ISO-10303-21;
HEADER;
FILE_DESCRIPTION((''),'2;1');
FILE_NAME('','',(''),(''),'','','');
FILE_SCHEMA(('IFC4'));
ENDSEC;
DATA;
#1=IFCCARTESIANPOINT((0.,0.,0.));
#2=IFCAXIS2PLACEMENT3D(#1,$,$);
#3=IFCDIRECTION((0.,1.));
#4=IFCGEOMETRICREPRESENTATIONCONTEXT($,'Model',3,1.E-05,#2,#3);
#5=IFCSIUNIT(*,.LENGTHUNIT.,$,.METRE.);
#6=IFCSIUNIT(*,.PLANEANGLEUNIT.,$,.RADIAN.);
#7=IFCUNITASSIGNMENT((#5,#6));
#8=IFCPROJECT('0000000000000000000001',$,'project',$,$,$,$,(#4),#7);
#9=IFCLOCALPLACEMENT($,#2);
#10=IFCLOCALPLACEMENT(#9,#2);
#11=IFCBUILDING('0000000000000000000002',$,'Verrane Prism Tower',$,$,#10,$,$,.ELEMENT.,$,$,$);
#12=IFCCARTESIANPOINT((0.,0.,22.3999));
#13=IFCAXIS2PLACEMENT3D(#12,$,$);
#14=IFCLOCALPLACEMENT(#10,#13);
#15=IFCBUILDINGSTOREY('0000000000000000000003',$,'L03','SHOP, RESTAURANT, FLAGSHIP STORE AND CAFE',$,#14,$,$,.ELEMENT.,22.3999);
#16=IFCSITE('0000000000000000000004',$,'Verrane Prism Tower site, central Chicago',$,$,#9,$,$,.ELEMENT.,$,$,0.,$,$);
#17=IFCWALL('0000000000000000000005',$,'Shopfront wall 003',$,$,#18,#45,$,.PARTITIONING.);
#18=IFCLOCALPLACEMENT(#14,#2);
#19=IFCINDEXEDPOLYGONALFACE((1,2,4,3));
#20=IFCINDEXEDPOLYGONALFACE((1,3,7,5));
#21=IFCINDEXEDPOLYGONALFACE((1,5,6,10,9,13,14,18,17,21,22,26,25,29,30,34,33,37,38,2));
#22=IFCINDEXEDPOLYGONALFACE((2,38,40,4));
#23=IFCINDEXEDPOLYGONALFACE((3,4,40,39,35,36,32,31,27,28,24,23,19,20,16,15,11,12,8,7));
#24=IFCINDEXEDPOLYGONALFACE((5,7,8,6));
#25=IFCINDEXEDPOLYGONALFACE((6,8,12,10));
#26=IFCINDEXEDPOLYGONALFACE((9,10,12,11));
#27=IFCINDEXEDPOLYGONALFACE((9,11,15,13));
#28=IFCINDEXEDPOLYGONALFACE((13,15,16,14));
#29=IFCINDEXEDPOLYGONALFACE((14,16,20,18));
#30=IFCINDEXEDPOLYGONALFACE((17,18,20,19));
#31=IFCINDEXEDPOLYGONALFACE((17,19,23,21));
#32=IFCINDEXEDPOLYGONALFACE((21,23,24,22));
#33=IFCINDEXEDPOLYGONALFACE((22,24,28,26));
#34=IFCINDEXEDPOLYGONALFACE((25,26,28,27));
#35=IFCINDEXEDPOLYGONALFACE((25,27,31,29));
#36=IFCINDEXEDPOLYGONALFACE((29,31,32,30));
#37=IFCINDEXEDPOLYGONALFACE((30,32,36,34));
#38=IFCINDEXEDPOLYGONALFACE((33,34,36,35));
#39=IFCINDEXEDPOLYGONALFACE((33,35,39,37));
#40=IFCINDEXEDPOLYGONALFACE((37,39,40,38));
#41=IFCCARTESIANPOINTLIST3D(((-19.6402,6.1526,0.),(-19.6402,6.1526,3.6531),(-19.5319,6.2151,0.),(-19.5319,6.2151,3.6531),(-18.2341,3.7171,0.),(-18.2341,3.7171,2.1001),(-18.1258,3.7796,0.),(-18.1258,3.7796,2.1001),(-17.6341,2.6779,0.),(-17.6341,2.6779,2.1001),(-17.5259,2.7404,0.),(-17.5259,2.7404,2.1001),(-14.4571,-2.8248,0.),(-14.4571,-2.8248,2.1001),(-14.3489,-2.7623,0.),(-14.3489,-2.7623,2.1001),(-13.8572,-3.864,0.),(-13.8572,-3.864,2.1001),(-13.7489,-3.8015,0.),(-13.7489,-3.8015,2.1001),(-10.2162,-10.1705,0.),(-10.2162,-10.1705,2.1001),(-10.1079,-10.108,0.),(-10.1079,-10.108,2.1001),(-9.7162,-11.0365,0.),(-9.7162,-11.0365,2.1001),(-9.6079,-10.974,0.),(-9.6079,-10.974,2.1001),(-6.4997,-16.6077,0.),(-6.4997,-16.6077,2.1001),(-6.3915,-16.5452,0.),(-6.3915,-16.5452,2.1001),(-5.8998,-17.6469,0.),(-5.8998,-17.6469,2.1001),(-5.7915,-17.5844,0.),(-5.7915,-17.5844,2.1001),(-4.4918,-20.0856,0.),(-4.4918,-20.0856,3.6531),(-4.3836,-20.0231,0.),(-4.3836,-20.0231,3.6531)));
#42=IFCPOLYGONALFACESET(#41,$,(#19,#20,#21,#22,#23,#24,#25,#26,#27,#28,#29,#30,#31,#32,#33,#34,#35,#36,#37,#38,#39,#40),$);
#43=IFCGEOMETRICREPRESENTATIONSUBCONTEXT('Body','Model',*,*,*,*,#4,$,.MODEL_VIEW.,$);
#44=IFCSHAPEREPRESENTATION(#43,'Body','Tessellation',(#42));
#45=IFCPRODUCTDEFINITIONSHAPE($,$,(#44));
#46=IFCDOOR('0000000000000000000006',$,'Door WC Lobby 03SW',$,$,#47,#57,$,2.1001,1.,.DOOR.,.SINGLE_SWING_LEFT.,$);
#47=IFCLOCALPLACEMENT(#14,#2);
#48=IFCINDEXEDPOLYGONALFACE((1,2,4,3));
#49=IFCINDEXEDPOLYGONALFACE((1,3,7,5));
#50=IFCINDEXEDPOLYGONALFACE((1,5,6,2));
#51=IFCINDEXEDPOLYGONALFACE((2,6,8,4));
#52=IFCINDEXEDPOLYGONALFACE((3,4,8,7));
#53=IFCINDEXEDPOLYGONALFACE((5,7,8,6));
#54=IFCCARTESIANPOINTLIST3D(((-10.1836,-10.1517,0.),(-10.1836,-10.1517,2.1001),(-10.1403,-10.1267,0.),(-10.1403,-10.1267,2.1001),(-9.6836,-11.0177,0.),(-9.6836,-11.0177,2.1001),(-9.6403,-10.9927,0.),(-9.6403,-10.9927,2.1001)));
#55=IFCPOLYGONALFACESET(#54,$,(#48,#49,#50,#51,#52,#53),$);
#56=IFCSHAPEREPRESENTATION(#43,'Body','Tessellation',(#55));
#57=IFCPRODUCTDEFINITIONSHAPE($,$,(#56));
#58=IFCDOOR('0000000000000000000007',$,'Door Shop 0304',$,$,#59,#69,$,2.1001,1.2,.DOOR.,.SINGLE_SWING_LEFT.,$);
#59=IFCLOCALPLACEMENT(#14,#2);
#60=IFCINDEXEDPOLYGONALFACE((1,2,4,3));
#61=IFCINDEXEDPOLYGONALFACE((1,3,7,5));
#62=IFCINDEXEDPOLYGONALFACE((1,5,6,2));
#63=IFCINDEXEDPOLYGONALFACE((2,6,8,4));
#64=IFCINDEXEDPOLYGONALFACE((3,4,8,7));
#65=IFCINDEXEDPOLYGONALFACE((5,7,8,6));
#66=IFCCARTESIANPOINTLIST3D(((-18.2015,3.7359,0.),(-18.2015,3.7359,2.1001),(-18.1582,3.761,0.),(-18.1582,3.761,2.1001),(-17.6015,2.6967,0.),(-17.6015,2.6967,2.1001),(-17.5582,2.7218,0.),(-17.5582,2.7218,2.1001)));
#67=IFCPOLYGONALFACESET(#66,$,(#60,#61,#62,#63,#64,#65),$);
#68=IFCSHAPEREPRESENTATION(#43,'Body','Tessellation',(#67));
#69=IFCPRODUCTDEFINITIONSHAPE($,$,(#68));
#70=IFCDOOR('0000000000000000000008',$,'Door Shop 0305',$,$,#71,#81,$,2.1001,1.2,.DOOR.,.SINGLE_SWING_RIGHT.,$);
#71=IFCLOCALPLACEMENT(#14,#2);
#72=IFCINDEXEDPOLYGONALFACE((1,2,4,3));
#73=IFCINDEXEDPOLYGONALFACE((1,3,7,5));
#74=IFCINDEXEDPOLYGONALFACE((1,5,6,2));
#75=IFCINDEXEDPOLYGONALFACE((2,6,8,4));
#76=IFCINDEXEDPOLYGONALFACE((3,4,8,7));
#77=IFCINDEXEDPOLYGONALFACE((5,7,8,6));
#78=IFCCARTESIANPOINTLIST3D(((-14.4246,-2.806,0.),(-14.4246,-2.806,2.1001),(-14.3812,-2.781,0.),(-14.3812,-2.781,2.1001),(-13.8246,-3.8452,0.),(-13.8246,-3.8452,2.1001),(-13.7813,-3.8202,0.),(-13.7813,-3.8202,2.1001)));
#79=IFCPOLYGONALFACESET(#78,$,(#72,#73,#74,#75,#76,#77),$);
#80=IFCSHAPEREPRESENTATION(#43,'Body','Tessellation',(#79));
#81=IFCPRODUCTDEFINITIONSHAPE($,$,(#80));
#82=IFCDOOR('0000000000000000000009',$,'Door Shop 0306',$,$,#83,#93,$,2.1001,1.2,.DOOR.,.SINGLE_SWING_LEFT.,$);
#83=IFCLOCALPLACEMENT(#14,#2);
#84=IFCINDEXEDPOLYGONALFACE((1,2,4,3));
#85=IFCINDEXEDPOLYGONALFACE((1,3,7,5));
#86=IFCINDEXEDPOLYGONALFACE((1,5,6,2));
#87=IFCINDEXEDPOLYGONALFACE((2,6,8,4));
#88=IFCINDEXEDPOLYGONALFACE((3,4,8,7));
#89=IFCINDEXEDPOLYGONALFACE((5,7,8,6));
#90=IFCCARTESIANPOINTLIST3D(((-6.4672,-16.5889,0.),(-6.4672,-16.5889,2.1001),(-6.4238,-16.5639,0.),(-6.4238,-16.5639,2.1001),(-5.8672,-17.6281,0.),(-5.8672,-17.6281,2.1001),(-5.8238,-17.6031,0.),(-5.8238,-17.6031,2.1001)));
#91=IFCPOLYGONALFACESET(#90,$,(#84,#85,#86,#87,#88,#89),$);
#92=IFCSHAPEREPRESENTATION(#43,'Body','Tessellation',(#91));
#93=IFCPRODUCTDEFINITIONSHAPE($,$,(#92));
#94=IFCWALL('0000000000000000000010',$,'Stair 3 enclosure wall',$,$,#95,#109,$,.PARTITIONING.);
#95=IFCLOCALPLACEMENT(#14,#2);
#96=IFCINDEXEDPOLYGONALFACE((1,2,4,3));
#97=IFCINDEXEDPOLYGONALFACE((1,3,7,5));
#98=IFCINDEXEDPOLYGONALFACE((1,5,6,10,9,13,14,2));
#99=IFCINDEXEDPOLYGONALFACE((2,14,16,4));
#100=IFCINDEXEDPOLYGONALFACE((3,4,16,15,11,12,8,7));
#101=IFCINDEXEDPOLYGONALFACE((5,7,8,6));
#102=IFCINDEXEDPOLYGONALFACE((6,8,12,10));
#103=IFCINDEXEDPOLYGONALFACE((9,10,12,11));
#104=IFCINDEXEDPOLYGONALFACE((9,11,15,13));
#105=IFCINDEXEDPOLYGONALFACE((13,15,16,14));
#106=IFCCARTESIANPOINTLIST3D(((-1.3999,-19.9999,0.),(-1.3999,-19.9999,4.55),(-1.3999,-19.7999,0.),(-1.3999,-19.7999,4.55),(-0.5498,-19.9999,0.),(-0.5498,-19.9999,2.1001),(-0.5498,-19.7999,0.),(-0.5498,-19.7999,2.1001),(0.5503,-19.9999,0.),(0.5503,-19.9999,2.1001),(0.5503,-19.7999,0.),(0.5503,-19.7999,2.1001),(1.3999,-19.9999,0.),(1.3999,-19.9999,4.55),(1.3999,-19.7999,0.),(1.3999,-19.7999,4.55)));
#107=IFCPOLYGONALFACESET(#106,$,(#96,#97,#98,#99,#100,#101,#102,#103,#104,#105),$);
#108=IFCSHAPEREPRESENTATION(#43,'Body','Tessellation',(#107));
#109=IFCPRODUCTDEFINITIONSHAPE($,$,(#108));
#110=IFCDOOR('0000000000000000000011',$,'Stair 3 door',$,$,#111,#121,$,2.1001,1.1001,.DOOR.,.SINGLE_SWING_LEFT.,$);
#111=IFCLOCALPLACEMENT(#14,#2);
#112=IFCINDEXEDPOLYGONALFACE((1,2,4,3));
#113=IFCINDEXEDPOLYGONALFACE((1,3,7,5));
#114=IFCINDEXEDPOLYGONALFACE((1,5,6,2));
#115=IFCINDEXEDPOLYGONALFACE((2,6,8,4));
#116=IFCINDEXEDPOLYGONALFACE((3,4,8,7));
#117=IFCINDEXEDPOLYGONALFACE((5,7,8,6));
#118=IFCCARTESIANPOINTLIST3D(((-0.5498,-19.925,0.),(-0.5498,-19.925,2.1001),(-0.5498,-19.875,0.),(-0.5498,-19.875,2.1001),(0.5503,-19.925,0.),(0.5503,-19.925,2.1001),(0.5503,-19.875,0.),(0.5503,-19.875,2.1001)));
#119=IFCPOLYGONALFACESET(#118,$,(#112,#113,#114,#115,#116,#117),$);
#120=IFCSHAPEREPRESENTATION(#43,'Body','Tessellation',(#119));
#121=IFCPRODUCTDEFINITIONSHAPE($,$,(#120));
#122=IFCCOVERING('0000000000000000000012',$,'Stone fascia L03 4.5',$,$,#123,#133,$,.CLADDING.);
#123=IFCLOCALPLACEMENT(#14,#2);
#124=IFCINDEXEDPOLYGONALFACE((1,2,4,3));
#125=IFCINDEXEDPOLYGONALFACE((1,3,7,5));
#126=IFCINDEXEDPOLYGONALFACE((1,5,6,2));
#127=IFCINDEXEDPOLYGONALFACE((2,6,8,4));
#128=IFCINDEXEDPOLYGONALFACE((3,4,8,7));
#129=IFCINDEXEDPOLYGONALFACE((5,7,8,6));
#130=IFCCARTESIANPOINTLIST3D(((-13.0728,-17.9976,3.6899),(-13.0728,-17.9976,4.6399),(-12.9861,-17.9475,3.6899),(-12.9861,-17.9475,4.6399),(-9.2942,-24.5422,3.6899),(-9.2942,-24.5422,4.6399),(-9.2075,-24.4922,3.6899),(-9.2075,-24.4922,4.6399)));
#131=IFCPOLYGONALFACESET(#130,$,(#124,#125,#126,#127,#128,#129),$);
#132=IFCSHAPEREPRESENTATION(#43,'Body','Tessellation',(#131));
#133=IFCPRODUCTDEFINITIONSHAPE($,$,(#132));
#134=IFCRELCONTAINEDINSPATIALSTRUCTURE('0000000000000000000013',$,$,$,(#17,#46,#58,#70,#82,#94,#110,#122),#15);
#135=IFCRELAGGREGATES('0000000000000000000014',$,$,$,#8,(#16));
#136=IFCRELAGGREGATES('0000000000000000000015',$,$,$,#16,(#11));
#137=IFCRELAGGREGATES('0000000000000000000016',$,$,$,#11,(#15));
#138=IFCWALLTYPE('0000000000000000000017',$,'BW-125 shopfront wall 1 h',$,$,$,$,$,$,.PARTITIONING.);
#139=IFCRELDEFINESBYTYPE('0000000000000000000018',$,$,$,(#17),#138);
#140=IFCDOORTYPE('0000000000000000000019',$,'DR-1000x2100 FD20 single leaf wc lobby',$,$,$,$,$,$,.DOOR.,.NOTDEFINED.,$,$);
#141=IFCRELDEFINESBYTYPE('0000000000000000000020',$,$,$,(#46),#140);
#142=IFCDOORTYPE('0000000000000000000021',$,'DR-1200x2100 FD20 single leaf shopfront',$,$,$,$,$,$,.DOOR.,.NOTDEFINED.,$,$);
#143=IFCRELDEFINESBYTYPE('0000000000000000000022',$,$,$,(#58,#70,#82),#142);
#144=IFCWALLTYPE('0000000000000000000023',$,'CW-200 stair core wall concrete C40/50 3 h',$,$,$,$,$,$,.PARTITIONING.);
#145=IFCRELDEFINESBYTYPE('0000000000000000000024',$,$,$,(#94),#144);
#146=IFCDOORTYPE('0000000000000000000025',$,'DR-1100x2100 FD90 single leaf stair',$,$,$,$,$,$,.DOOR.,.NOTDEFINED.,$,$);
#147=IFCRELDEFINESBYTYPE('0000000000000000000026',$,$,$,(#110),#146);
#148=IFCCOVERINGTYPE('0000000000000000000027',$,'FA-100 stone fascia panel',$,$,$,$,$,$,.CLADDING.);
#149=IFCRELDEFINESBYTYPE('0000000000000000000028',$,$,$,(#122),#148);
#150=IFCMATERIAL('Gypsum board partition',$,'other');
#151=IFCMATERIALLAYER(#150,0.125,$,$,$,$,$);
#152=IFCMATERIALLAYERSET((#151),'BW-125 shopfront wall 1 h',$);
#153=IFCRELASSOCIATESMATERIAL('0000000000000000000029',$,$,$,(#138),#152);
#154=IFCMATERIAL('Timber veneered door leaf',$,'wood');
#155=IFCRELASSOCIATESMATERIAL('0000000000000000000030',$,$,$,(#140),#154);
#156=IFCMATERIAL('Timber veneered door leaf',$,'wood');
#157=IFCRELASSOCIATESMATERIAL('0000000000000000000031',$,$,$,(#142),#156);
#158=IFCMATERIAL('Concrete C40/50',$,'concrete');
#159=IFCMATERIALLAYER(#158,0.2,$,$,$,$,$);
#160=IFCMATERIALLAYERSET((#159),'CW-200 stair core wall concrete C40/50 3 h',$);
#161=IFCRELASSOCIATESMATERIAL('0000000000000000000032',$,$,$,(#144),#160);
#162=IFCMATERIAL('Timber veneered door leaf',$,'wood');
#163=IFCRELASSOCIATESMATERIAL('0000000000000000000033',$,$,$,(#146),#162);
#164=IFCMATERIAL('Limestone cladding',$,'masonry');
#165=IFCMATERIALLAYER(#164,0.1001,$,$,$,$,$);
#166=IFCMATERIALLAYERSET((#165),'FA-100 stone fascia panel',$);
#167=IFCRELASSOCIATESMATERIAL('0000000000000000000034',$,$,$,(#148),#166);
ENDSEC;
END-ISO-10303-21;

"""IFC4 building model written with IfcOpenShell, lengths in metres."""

from ifc_helpers import new_model, si_unit, direction, frame, frame_2d, origin, origin_2d, place, context, subcontext, project, spatial, rectangle, extrude, material, layer, layer_set, type_object, element, fill, save


model = new_model("IFC4")

# Units and contexts
model_context = context("Model", 3, precision=1e-05, world=origin(), true_north=direction((0.0, 1.0)))
body_context = subcontext(model_context, "Body", "Model", "MODEL_VIEW")
ifc_project = project(units=[si_unit("LENGTHUNIT", "METRE"), si_unit("PLANEANGLEUNIT", "RADIAN")], contexts=[model_context])

# Site, building, storey
site_placement = place(None, origin())
site = spatial("IfcSite", under=ifc_project, at=site_placement, Name="Verrane Prism Tower site, central Chicago", CompositionType="ELEMENT", RefElevation=0.0)
building_placement = place(site_placement, origin())
building = spatial("IfcBuilding", under=site, at=building_placement, Name="Verrane Prism Tower", CompositionType="ELEMENT")
storey_placement = place(building_placement, frame((0.0, 0.0, 22.3999)))
storey = spatial("IfcBuildingStorey", under=building, at=storey_placement, Name="L03", Description="SHOP, RESTAURANT, FLAGSHIP STORE AND CAFE", CompositionType="ELEMENT", Elevation=22.3999)

# Wall, openings, doors
ifc_material_1 = material(Name="Gypsum board partition", Category="other")
ifc_layer_1 = layer(ifc_material_1, 0.125)
ifc_layer_set_1 = layer_set([ifc_layer_1], Name="BW-125 shopfront wall 1 h")
wall_type_1 = type_object("IfcWallType", Name="BW-125 shopfront wall 1 h", PredefinedType="PARTITIONING", material=ifc_layer_set_1)
wall_1_placement = place(storey_placement, frame((-4.4377, -20.0542, 0.0), z_axis=(0.0, 0.0, 1.0), x_axis=(-0.499994, 0.866029, 0.0)))
wall_1 = element("IfcWall", 1, at=wall_1_placement, inside=storey, type_object=wall_type_1, Name="Shopfront wall 003", PredefinedType="PARTITIONING", context=body_context, shape_type="SweptSolid", body=[
    extrude(rectangle(XDim=30.2971, YDim=0.125, at=frame_2d((15.1484, 0.0))), origin(), (0.0, 0.0, 1.0), 3.6531),
])
opening_1_placement = place(wall_1_placement, frame((26.2847, 0.0, 0.0)))
opening_1 = element("IfcOpeningElement", 2, at=opening_1_placement, cuts=wall_1, PredefinedType="OPENING", context=body_context, shape_type="SweptSolid", body=[
    extrude(rectangle(XDim=1.2, YDim=2.1001, at=frame_2d((0.6001, 1.05))), frame((0.0, 0.0725, 0.0), z_axis=(0.0, -1.0, 0.0), x_axis=(1.0, 0.0, 0.0)), (0.0, 0.0, 1.0), 0.145),
])
opening_2_placement = place(wall_1_placement, frame((18.7307, 0.0, 0.0)))
opening_2 = element("IfcOpeningElement", 3, at=opening_2_placement, cuts=wall_1, PredefinedType="OPENING", context=body_context, shape_type="SweptSolid", body=[
    extrude(rectangle(XDim=1.2, YDim=2.1001, at=frame_2d((0.6001, 1.05))), frame((0.0, 0.0725, 0.0), z_axis=(0.0, -1.0, 0.0), x_axis=(1.0, 0.0, 0.0)), (0.0, 0.0, 1.0), 0.145),
])
opening_3_placement = place(wall_1_placement, frame((10.4487, 0.0, 0.0)))
opening_3 = element("IfcOpeningElement", 4, at=opening_3_placement, cuts=wall_1, PredefinedType="OPENING", context=body_context, shape_type="SweptSolid", body=[
    extrude(rectangle(XDim=1.0, YDim=2.1001, at=frame_2d((0.5, 1.05))), frame((0.0, 0.0725, 0.0), z_axis=(0.0, -1.0, 0.0), x_axis=(1.0, 0.0, 0.0)), (0.0, 0.0, 1.0), 0.145),
])
opening_4_placement = place(wall_1_placement, frame((2.8157, 0.0, 0.0)))
opening_4 = element("IfcOpeningElement", 5, at=opening_4_placement, cuts=wall_1, PredefinedType="OPENING", context=body_context, shape_type="SweptSolid", body=[
    extrude(rectangle(XDim=1.2, YDim=2.1001, at=frame_2d((0.6001, 1.05))), frame((0.0, 0.0725, 0.0), z_axis=(0.0, -1.0, 0.0), x_axis=(1.0, 0.0, 0.0)), (0.0, 0.0, 1.0), 0.145),
])
ifc_material_2 = material(Name="Timber veneered door leaf", Category="wood")
door_type_1 = type_object("IfcDoorType", Name="DR-1000x2100 FD20 single leaf wc lobby", OperationType="NOTDEFINED", PredefinedType="DOOR", material=ifc_material_2)
door_1_placement = place(opening_3_placement, origin())
door_1 = element("IfcDoor", 6, at=door_1_placement, inside=storey, type_object=door_type_1, Name="Door WC Lobby 03SW", OperationType="SINGLE_SWING_LEFT", OverallHeight=2.1001, OverallWidth=1.0, PredefinedType="DOOR", context=body_context, shape_type="SweptSolid", body=[
    extrude(rectangle(XDim=1.0, YDim=2.1001, at=frame_2d((0.5, 1.05))), frame((0.0, 0.0249, 0.0), z_axis=(0.0, -1.0, 0.0), x_axis=(1.0, 0.0, 0.0)), (0.0, 0.0, 1.0), 0.05),
])
fill(opening_3, door_1)
ifc_material_3 = material(Name="Timber veneered door leaf", Category="wood")
door_type_2 = type_object("IfcDoorType", Name="DR-1200x2100 FD20 single leaf shopfront", OperationType="NOTDEFINED", PredefinedType="DOOR", material=ifc_material_3)
door_2_placement = place(opening_1_placement, origin())
door_2 = element("IfcDoor", 7, at=door_2_placement, inside=storey, type_object=door_type_2, Name="Door Shop 0304", OperationType="SINGLE_SWING_LEFT", OverallHeight=2.1001, OverallWidth=1.2, PredefinedType="DOOR", context=body_context, shape_type="SweptSolid", body=[
    extrude(rectangle(XDim=1.2, YDim=2.1001, at=frame_2d((0.6001, 1.05))), frame((0.0, 0.0249, 0.0), z_axis=(0.0, -1.0, 0.0), x_axis=(1.0, 0.0, 0.0)), (0.0, 0.0, 1.0), 0.05),
])
fill(opening_1, door_2)
door_3_placement = place(opening_2_placement, origin())
door_3 = element("IfcDoor", 8, at=door_3_placement, inside=storey, type_object=door_type_2, Name="Door Shop 0305", OperationType="SINGLE_SWING_RIGHT", OverallHeight=2.1001, OverallWidth=1.2, PredefinedType="DOOR", context=body_context, shape_type="SweptSolid", body=[
    extrude(rectangle(XDim=1.2, YDim=2.1001, at=frame_2d((0.6001, 1.05))), frame((0.0, 0.0249, 0.0), z_axis=(0.0, -1.0, 0.0), x_axis=(1.0, 0.0, 0.0)), (0.0, 0.0, 1.0), 0.05),
])
fill(opening_2, door_3)
door_4_placement = place(opening_4_placement, origin())
door_4 = element("IfcDoor", 9, at=door_4_placement, inside=storey, type_object=door_type_2, Name="Door Shop 0306", OperationType="SINGLE_SWING_LEFT", OverallHeight=2.1001, OverallWidth=1.2, PredefinedType="DOOR", context=body_context, shape_type="SweptSolid", body=[
    extrude(rectangle(XDim=1.2, YDim=2.1001, at=frame_2d((0.6001, 1.05))), frame((0.0, 0.0249, 0.0), z_axis=(0.0, -1.0, 0.0), x_axis=(1.0, 0.0, 0.0)), (0.0, 0.0, 1.0), 0.05),
])
fill(opening_4, door_4)

# Wall, opening, door
ifc_material_4 = material(Name="Concrete C40/50", Category="concrete")
ifc_layer_2 = layer(ifc_material_4, 0.2)
ifc_layer_set_2 = layer_set([ifc_layer_2], Name="CW-200 stair core wall concrete C40/50 3 h")
wall_type_2 = type_object("IfcWallType", Name="CW-200 stair core wall concrete C40/50 3 h", PredefinedType="PARTITIONING", material=ifc_layer_set_2)
wall_2_placement = place(storey_placement, frame((-1.3999, -19.8999, 0.0), z_axis=(0.0, 0.0, 1.0), x_axis=(1.0, 0.0, 0.0)))
wall_2 = element("IfcWall", 10, at=wall_2_placement, inside=storey, type_object=wall_type_2, Name="Stair 3 enclosure wall", PredefinedType="PARTITIONING", context=body_context, shape_type="SweptSolid", body=[
    extrude(rectangle(XDim=2.7998, YDim=0.2, at=frame_2d((1.3999, 0.0))), origin(), (0.0, 0.0, 1.0), 4.55),
])
opening_5_placement = place(wall_2_placement, frame((0.8501, 0.0, 0.0)))
opening_5 = element("IfcOpeningElement", 11, at=opening_5_placement, cuts=wall_2, PredefinedType="OPENING", context=body_context, shape_type="SweptSolid", body=[
    extrude(rectangle(XDim=1.1001, YDim=2.1001, at=frame_2d((0.55, 1.05))), frame((0.0, 0.1099, 0.0), z_axis=(0.0, -1.0, 0.0), x_axis=(1.0, 0.0, 0.0)), (0.0, 0.0, 1.0), 0.22),
])
ifc_material_5 = material(Name="Timber veneered door leaf", Category="wood")
door_type_3 = type_object("IfcDoorType", Name="DR-1100x2100 FD90 single leaf stair", OperationType="NOTDEFINED", PredefinedType="DOOR", material=ifc_material_5)
door_5_placement = place(opening_5_placement, origin())
door_5 = element("IfcDoor", 12, at=door_5_placement, inside=storey, type_object=door_type_3, Name="Stair 3 door", OperationType="SINGLE_SWING_LEFT", OverallHeight=2.1001, OverallWidth=1.1001, PredefinedType="DOOR", context=body_context, shape_type="SweptSolid", body=[
    extrude(rectangle(XDim=1.1001, YDim=2.1001, at=frame_2d((0.55, 1.05))), frame((0.0, 0.0249, 0.0), z_axis=(0.0, -1.0, 0.0), x_axis=(1.0, 0.0, 0.0)), (0.0, 0.0, 1.0), 0.05),
])
fill(opening_5, door_5)

# Covering
ifc_material_6 = material(Name="Limestone cladding", Category="masonry")
ifc_layer_3 = layer(ifc_material_6, 0.1001)
ifc_layer_set_3 = layer_set([ifc_layer_3], Name="FA-100 stone fascia panel")
covering_type = type_object("IfcCoveringType", Name="FA-100 stone fascia panel", PredefinedType="CLADDING", material=ifc_layer_set_3)
covering_placement = place(storey_placement, frame((-11.1401, -21.2449, 3.6899), z_axis=(0.0, 0.0, 1.0), x_axis=(0.5, -0.866025, 0.0)))
element("IfcCovering", 13, at=covering_placement, inside=storey, type_object=covering_type, Name="Stone fascia L03 4.5", PredefinedType="CLADDING", context=body_context, shape_type="SweptSolid", body=[
    extrude(rectangle(XDim=7.5571, YDim=0.1001, at=origin_2d()), origin(), (0.0, 0.0, 1.0), 0.95),
])

save(model, "model.ifc")
